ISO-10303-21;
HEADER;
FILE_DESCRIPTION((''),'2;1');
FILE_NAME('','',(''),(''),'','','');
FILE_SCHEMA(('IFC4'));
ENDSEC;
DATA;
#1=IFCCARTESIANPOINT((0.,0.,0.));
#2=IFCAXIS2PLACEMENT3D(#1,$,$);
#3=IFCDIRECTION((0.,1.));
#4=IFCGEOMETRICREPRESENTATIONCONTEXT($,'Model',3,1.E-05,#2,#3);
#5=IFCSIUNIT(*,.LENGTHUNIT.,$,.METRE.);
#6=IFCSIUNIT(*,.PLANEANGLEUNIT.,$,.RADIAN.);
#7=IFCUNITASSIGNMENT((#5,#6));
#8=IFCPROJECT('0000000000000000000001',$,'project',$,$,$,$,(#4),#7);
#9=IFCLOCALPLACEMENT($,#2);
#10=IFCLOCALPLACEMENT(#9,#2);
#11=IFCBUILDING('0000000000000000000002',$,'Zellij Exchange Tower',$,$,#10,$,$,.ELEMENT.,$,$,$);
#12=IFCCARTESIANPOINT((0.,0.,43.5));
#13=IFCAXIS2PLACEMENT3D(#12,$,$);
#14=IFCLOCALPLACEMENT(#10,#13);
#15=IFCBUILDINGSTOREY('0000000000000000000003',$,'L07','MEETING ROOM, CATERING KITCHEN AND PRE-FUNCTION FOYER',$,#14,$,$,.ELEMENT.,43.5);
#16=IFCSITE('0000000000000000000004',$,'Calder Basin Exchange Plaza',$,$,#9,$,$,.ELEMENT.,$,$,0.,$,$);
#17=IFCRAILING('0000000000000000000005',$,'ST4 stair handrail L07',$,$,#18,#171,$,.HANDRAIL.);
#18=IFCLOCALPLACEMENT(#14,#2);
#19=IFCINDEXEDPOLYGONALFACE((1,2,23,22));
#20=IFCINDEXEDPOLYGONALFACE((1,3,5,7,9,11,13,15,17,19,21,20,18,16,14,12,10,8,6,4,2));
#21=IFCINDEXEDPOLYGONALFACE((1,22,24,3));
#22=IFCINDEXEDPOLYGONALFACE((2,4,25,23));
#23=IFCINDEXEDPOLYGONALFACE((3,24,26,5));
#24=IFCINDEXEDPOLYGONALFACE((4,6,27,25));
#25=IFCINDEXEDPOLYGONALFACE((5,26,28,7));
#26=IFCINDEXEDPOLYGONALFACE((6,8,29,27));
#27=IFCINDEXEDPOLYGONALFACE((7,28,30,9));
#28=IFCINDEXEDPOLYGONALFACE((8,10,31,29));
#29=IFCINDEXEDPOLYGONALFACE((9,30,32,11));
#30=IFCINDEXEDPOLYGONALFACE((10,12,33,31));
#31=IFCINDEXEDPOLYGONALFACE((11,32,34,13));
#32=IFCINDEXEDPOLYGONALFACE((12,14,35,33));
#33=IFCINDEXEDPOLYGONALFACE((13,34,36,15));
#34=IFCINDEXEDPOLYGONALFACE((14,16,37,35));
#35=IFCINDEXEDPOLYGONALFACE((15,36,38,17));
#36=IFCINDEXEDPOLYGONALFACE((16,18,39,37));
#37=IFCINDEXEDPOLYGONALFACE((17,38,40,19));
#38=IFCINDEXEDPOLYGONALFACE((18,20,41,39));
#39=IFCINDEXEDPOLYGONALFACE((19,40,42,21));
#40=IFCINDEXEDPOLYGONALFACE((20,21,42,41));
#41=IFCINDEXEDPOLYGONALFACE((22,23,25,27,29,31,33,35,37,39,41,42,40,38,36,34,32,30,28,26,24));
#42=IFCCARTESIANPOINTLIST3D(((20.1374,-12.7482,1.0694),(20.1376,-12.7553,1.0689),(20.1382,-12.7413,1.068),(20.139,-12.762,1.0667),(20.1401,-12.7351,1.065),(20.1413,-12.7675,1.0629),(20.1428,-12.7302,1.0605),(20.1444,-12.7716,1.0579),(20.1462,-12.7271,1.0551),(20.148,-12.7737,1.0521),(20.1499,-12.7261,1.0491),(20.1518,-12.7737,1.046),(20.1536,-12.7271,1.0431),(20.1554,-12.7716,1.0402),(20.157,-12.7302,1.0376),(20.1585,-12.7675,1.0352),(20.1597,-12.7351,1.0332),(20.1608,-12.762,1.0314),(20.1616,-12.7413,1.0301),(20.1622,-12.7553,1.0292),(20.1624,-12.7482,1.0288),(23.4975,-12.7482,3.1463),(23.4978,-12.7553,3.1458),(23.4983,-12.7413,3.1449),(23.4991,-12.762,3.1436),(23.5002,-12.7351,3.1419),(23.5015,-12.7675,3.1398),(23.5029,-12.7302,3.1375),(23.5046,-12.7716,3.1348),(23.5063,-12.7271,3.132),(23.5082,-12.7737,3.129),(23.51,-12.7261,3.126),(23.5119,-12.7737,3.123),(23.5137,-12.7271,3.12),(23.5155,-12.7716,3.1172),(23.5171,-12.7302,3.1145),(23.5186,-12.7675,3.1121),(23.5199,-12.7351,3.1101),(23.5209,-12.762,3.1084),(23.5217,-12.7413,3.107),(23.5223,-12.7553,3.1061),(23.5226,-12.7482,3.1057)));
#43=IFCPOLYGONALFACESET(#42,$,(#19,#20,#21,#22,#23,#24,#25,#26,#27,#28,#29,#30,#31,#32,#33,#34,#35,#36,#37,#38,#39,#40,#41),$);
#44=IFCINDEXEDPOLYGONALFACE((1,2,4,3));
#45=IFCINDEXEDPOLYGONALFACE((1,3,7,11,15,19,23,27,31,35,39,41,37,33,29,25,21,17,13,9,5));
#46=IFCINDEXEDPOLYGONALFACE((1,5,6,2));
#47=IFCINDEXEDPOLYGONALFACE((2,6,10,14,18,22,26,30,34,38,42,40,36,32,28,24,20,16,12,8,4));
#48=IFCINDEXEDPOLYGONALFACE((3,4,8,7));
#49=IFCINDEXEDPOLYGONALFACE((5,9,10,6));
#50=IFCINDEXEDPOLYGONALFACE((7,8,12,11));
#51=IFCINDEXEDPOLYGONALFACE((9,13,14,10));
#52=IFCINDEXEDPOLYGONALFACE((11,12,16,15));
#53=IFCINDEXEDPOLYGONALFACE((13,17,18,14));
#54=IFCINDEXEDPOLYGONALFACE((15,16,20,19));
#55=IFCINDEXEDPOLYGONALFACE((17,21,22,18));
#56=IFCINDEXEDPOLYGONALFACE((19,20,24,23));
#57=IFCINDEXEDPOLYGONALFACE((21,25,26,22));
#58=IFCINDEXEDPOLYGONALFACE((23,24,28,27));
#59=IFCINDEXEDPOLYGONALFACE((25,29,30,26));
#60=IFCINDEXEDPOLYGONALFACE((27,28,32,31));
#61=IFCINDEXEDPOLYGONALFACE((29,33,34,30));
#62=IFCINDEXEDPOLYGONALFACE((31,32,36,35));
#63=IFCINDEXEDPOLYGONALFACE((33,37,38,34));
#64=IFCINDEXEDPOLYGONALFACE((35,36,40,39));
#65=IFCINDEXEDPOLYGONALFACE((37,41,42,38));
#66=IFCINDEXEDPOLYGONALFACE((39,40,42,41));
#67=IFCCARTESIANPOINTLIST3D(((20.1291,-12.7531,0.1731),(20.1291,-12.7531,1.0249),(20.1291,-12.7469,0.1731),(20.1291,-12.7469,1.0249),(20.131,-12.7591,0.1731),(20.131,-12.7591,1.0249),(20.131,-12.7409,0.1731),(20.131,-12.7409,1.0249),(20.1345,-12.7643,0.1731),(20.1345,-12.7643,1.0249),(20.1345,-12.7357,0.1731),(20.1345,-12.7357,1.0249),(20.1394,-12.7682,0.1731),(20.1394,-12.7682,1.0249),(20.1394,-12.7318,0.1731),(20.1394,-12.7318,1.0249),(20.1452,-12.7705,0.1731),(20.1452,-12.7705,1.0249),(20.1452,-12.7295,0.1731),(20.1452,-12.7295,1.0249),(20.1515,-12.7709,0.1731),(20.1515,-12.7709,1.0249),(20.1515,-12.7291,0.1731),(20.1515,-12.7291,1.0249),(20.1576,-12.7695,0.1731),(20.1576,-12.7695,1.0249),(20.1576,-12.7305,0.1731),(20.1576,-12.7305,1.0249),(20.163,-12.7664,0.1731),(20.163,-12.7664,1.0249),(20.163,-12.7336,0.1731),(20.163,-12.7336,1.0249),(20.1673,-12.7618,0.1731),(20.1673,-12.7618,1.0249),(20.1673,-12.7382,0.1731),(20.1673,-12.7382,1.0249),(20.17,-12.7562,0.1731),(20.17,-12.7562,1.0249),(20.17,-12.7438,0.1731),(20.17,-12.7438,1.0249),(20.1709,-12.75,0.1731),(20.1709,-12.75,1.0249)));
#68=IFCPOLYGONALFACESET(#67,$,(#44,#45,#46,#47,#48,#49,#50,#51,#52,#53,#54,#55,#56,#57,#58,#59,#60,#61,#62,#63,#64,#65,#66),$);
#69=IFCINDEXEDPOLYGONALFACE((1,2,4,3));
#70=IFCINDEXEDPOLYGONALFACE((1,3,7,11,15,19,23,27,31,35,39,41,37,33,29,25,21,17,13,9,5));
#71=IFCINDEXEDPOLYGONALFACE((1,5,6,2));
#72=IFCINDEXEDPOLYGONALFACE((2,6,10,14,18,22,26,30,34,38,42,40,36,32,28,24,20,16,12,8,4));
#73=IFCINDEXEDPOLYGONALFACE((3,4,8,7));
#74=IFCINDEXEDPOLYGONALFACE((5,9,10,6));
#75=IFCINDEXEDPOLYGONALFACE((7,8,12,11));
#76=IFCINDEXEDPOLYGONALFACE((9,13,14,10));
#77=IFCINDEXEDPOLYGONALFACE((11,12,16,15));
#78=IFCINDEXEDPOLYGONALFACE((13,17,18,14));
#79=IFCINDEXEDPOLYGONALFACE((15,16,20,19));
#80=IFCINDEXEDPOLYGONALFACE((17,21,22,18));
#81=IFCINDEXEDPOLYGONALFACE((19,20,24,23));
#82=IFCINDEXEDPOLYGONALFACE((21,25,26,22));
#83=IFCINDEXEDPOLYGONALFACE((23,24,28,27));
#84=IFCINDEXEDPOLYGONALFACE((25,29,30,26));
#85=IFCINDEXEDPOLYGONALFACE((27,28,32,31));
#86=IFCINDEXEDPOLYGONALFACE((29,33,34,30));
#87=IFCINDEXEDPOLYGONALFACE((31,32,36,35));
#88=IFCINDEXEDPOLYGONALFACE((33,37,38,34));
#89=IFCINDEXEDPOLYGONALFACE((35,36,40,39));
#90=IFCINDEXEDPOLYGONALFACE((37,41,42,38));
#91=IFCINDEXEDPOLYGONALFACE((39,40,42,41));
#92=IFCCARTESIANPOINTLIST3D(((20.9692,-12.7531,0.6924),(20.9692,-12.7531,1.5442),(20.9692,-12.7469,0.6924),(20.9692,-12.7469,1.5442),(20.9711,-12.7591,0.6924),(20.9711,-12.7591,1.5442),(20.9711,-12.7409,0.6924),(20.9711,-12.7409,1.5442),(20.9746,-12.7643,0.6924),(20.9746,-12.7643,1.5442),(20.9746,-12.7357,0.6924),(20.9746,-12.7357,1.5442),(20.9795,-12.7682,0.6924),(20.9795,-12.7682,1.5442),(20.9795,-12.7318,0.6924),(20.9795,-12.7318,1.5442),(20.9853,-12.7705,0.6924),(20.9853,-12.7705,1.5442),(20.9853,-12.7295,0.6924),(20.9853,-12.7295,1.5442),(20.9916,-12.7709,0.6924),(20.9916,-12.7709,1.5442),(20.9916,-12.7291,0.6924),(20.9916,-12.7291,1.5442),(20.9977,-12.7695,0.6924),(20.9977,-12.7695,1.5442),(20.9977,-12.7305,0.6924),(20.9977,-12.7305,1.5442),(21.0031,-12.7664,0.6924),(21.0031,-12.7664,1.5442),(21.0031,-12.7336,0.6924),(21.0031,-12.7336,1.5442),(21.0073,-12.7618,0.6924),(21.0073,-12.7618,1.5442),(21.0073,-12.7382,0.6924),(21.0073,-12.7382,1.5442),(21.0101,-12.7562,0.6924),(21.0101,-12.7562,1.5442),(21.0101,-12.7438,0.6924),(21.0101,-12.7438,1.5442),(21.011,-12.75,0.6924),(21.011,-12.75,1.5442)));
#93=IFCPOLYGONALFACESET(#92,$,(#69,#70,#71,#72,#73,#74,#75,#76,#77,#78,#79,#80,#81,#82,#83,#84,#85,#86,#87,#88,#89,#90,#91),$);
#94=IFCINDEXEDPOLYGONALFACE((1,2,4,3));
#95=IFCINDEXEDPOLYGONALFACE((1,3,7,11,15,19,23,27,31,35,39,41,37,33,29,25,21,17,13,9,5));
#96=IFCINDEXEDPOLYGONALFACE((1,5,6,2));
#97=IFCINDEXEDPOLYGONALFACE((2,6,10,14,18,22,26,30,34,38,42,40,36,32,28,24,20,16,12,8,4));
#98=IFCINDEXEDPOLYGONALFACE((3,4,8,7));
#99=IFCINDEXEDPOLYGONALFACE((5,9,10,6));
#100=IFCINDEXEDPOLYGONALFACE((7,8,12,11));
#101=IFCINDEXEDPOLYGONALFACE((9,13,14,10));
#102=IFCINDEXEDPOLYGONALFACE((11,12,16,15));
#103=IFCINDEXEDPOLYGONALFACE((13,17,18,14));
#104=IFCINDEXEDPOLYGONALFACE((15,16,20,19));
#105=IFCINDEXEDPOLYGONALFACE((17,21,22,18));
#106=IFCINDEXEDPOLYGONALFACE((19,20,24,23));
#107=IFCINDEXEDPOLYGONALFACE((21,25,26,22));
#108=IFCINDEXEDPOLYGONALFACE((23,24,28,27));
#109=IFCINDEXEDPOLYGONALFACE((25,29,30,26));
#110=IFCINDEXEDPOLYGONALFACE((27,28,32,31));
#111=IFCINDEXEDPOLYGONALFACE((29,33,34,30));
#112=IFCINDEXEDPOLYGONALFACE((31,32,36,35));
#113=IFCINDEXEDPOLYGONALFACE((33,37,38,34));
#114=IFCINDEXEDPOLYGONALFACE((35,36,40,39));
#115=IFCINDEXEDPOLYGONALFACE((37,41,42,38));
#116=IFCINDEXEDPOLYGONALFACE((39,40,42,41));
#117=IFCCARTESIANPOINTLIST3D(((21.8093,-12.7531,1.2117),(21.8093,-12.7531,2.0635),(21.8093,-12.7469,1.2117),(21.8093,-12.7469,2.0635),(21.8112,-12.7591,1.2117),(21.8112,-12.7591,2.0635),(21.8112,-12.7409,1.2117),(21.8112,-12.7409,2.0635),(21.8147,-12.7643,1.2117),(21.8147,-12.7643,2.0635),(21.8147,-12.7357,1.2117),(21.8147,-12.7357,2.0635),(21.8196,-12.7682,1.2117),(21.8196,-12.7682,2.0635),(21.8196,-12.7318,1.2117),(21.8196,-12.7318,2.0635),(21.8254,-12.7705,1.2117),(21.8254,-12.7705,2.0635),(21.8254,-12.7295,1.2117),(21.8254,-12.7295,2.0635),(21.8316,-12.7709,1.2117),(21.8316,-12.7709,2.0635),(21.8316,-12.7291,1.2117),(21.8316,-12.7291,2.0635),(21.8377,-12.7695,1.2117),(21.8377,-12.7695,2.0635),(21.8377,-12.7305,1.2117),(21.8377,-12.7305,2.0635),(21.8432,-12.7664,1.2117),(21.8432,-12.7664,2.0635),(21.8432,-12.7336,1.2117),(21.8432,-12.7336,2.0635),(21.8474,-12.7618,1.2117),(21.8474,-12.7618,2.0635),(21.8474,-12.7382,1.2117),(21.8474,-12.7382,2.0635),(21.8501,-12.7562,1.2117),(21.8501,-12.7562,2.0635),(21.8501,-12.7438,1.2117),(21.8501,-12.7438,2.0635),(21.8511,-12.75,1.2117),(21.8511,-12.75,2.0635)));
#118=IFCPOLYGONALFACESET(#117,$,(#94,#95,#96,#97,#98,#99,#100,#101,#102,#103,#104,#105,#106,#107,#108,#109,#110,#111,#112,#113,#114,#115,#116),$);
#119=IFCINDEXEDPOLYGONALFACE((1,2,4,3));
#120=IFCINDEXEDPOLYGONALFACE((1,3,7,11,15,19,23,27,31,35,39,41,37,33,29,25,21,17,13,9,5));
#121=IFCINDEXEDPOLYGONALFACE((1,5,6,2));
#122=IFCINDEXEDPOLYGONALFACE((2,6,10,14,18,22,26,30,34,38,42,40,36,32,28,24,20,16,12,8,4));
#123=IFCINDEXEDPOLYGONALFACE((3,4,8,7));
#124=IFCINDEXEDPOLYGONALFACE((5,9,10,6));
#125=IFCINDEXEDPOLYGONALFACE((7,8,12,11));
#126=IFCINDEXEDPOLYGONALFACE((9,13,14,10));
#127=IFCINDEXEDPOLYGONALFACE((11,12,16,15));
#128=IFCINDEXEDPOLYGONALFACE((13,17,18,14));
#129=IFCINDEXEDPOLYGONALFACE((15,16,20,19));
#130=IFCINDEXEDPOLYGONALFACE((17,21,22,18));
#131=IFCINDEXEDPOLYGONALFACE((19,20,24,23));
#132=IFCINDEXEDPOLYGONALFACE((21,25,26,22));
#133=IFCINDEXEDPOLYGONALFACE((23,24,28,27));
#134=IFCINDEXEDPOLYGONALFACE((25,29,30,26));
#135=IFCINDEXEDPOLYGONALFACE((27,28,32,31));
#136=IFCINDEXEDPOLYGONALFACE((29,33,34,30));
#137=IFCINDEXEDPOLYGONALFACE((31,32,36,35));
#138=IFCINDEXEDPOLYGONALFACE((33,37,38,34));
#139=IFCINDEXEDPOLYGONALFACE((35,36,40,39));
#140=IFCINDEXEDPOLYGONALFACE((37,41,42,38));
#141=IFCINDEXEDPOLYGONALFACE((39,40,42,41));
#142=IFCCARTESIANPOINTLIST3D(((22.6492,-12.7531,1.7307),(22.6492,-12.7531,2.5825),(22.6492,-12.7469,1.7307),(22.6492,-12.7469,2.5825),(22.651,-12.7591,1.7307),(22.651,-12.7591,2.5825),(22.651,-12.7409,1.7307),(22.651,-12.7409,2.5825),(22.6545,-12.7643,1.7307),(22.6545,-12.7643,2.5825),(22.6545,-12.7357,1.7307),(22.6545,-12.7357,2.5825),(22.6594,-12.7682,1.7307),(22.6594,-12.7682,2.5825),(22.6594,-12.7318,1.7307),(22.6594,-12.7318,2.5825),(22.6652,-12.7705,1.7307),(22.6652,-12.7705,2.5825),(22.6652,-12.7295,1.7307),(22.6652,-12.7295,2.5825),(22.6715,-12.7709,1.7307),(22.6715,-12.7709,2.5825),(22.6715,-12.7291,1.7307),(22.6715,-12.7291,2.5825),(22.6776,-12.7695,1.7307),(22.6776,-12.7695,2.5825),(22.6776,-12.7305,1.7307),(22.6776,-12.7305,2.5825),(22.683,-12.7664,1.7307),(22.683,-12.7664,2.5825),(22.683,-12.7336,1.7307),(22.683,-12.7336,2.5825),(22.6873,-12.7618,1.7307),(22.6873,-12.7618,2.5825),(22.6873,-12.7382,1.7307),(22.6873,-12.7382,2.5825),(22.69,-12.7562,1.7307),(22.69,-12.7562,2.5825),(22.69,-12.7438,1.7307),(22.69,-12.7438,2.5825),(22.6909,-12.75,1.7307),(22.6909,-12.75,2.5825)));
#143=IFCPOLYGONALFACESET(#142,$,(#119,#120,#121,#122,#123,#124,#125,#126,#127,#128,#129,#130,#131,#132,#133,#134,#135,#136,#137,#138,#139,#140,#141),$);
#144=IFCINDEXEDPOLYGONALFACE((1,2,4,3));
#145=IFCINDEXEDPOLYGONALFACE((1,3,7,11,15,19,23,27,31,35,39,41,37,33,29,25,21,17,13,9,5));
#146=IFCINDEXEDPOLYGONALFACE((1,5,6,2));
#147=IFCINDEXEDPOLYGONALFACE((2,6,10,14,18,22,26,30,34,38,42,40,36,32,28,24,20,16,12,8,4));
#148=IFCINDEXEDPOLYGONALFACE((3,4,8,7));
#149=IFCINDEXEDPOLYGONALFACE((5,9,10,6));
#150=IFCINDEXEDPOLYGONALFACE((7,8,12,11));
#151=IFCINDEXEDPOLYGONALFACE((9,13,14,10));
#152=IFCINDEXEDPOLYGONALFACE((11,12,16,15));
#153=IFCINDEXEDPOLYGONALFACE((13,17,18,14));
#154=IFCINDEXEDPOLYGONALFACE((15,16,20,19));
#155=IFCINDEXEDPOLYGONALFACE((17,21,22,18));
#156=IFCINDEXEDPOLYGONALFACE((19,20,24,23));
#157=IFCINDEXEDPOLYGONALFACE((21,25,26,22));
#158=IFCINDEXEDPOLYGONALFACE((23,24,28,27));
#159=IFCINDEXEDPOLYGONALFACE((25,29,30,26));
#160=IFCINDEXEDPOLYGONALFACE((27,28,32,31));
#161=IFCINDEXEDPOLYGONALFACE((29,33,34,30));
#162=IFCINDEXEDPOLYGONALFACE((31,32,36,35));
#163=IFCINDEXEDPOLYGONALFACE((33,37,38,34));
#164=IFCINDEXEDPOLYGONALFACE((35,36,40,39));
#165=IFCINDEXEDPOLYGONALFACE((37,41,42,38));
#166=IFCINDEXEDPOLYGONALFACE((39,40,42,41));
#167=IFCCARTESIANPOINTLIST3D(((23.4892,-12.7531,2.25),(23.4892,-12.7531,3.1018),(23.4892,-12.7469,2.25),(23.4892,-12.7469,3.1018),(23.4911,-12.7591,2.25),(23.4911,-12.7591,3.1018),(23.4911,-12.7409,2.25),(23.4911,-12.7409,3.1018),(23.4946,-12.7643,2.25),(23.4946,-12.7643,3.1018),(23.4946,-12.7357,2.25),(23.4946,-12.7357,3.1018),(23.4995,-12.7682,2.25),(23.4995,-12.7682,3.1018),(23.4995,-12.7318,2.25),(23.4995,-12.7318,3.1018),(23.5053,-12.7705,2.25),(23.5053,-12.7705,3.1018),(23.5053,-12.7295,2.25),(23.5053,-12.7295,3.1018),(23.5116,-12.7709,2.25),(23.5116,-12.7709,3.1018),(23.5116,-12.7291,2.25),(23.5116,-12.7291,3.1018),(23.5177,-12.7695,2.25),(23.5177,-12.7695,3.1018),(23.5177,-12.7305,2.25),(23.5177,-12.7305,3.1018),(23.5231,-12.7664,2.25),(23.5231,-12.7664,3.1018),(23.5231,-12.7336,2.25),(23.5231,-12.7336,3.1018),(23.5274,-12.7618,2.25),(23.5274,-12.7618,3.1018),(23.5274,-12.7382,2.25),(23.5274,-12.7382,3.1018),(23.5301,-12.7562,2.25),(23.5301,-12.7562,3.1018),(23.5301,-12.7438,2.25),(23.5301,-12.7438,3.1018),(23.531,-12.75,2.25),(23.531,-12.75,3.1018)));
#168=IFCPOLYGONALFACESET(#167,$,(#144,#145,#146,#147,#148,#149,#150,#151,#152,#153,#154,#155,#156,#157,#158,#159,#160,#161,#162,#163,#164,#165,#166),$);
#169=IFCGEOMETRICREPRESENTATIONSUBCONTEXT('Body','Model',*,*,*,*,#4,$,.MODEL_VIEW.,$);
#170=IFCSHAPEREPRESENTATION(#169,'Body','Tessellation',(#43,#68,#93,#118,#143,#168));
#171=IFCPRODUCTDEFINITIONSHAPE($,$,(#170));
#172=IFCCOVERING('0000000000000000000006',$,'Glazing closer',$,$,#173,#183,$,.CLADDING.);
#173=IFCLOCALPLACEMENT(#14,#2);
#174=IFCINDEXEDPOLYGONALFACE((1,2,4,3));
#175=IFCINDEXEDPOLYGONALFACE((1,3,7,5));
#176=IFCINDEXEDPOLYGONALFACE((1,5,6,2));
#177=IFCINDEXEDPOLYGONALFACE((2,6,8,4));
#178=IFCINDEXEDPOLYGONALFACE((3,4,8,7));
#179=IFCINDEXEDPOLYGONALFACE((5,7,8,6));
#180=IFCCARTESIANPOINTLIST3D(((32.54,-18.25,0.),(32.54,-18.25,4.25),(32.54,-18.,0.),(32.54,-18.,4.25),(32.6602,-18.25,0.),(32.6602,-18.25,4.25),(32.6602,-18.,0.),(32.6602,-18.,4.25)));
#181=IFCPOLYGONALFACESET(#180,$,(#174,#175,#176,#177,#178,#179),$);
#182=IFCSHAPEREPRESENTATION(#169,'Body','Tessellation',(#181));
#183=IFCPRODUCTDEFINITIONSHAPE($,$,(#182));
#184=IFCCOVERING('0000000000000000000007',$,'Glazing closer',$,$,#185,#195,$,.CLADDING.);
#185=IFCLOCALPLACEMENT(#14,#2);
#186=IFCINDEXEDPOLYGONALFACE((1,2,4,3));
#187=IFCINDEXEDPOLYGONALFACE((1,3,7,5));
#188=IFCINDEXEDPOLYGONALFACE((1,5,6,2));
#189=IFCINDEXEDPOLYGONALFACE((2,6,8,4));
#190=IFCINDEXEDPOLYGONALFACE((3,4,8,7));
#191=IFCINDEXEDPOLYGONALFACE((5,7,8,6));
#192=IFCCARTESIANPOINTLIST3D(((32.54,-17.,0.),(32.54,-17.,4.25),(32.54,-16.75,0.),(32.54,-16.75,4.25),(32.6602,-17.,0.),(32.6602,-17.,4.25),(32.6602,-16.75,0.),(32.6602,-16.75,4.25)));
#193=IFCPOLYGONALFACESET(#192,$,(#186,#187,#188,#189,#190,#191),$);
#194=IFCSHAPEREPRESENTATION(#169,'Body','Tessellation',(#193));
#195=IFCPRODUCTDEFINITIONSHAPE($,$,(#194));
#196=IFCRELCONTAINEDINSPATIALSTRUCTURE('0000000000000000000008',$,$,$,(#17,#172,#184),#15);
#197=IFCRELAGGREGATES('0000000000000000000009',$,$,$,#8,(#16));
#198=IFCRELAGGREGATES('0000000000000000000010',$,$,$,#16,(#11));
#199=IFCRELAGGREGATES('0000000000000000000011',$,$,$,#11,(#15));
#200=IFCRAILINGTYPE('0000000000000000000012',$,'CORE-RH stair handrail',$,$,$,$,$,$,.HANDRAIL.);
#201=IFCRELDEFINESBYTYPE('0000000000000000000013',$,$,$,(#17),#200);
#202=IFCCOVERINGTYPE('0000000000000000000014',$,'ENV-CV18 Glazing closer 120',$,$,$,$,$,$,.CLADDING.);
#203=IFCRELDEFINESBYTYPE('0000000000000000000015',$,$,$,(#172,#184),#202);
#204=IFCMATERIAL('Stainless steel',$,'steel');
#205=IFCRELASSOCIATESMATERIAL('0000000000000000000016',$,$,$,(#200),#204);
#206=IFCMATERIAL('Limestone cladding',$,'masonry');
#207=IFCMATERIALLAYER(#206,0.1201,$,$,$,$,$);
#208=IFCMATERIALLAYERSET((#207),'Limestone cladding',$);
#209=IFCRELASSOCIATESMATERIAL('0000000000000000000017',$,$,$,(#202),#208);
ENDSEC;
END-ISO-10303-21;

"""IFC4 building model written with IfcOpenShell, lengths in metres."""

from ifc_helpers import new_model, si_unit, direction, frame, origin, origin_2d, place, context, subcontext, project, spatial, rectangle, circle, extrude, material, layer, layer_set, type_object, element, save


model = new_model("IFC4")

# Units and contexts
model_context = context("Model", 3, precision=1e-05, world=origin(), true_north=direction((0.0, 1.0)))
body_context = subcontext(model_context, "Body", "Model", "MODEL_VIEW")
ifc_project = project(units=[si_unit("LENGTHUNIT", "METRE"), si_unit("PLANEANGLEUNIT", "RADIAN")], contexts=[model_context])

# Site, building, storey
site_placement = place(None, origin())
site = spatial("IfcSite", under=ifc_project, at=site_placement, Name="Calder Basin Exchange Plaza", CompositionType="ELEMENT", RefElevation=0.0)
building_placement = place(site_placement, origin())
building = spatial("IfcBuilding", under=site, at=building_placement, Name="Zellij Exchange Tower", CompositionType="ELEMENT")
storey_placement = place(building_placement, frame((0.0, 0.0, 43.5)))
storey = spatial("IfcBuildingStorey", under=building, at=storey_placement, Name="L07", Description="MEETING ROOM, CATERING KITCHEN AND PRE-FUNCTION FOYER", CompositionType="ELEMENT", Elevation=43.5)

# Railing
ifc_material_1 = material(Name="Stainless steel", Category="steel")
railing_type_1 = type_object("IfcRailingType", Name="CORE-RH stair handrail", PredefinedType="HANDRAIL", material=ifc_material_1)
railing_1_placement = place(storey_placement, frame((20.1499, -12.75, 0.1731)))
element("IfcRailing", 1, at=railing_1_placement, inside=storey, type_object=railing_type_1, Name="ST4 stair handrail L07", PredefinedType="HANDRAIL", context=body_context, shape_type="SweptSolid", body=[
    extrude(circle(Radius=0.0239, at=origin_2d()), frame((0.0, 0.0, 0.876), z_axis=(0.850623, 0.0, 0.525776), x_axis=(0.0, 1.0, 0.0)), (0.0, 0.0, 1.0), 3.9502),
    extrude(circle(Radius=0.021, at=origin_2d()), origin(), (0.0, 0.0, 1.0), 0.8518),
    extrude(circle(Radius=0.021, at=origin_2d()), frame((0.8401, 0.0, 0.5193)), (0.0, 0.0, 1.0), 0.8518),
    extrude(circle(Radius=0.021, at=origin_2d()), frame((1.6802, 0.0, 1.0386)), (0.0, 0.0, 1.0), 0.8518),
    extrude(circle(Radius=0.021, at=origin_2d()), frame((2.52, 0.0, 1.5576)), (0.0, 0.0, 1.0), 0.8518),
    extrude(circle(Radius=0.021, at=origin_2d()), frame((3.3601, 0.0, 2.0769)), (0.0, 0.0, 1.0), 0.8518),
])

# Coverings
ifc_material_2 = material(Name="Limestone cladding", Category="masonry")
ifc_layer_1 = layer(ifc_material_2, 0.1201)
ifc_layer_set_1 = layer_set([ifc_layer_1], Name="Limestone cladding")
covering_type = type_object("IfcCoveringType", Name="ENV-CV18 Glazing closer 120", PredefinedType="CLADDING", material=ifc_layer_set_1)
for number, where, z_axis, x_axis, name in (
    (2, (32.6001, -18.125, 0.0), (0.0, 0.0, 1.0), (0.0, 1.0, 0.0), "Glazing closer"),
    (3, (32.6001, -16.875, 0.0), (0.0, 0.0, 1.0), (0.0, -1.0, 0.0), "Glazing closer"),
):
    element("IfcCovering", number, at=place(storey_placement, frame(where, z_axis=z_axis, x_axis=x_axis)), inside=storey, type_object=covering_type, Name=name, PredefinedType="CLADDING", context=body_context, shape_type="SweptSolid", body=[
        extrude(rectangle(XDim=0.25, YDim=0.1201, at=origin_2d()), origin(), (0.0, 0.0, 1.0), 4.25),
    ])

save(model, "model.ifc")
